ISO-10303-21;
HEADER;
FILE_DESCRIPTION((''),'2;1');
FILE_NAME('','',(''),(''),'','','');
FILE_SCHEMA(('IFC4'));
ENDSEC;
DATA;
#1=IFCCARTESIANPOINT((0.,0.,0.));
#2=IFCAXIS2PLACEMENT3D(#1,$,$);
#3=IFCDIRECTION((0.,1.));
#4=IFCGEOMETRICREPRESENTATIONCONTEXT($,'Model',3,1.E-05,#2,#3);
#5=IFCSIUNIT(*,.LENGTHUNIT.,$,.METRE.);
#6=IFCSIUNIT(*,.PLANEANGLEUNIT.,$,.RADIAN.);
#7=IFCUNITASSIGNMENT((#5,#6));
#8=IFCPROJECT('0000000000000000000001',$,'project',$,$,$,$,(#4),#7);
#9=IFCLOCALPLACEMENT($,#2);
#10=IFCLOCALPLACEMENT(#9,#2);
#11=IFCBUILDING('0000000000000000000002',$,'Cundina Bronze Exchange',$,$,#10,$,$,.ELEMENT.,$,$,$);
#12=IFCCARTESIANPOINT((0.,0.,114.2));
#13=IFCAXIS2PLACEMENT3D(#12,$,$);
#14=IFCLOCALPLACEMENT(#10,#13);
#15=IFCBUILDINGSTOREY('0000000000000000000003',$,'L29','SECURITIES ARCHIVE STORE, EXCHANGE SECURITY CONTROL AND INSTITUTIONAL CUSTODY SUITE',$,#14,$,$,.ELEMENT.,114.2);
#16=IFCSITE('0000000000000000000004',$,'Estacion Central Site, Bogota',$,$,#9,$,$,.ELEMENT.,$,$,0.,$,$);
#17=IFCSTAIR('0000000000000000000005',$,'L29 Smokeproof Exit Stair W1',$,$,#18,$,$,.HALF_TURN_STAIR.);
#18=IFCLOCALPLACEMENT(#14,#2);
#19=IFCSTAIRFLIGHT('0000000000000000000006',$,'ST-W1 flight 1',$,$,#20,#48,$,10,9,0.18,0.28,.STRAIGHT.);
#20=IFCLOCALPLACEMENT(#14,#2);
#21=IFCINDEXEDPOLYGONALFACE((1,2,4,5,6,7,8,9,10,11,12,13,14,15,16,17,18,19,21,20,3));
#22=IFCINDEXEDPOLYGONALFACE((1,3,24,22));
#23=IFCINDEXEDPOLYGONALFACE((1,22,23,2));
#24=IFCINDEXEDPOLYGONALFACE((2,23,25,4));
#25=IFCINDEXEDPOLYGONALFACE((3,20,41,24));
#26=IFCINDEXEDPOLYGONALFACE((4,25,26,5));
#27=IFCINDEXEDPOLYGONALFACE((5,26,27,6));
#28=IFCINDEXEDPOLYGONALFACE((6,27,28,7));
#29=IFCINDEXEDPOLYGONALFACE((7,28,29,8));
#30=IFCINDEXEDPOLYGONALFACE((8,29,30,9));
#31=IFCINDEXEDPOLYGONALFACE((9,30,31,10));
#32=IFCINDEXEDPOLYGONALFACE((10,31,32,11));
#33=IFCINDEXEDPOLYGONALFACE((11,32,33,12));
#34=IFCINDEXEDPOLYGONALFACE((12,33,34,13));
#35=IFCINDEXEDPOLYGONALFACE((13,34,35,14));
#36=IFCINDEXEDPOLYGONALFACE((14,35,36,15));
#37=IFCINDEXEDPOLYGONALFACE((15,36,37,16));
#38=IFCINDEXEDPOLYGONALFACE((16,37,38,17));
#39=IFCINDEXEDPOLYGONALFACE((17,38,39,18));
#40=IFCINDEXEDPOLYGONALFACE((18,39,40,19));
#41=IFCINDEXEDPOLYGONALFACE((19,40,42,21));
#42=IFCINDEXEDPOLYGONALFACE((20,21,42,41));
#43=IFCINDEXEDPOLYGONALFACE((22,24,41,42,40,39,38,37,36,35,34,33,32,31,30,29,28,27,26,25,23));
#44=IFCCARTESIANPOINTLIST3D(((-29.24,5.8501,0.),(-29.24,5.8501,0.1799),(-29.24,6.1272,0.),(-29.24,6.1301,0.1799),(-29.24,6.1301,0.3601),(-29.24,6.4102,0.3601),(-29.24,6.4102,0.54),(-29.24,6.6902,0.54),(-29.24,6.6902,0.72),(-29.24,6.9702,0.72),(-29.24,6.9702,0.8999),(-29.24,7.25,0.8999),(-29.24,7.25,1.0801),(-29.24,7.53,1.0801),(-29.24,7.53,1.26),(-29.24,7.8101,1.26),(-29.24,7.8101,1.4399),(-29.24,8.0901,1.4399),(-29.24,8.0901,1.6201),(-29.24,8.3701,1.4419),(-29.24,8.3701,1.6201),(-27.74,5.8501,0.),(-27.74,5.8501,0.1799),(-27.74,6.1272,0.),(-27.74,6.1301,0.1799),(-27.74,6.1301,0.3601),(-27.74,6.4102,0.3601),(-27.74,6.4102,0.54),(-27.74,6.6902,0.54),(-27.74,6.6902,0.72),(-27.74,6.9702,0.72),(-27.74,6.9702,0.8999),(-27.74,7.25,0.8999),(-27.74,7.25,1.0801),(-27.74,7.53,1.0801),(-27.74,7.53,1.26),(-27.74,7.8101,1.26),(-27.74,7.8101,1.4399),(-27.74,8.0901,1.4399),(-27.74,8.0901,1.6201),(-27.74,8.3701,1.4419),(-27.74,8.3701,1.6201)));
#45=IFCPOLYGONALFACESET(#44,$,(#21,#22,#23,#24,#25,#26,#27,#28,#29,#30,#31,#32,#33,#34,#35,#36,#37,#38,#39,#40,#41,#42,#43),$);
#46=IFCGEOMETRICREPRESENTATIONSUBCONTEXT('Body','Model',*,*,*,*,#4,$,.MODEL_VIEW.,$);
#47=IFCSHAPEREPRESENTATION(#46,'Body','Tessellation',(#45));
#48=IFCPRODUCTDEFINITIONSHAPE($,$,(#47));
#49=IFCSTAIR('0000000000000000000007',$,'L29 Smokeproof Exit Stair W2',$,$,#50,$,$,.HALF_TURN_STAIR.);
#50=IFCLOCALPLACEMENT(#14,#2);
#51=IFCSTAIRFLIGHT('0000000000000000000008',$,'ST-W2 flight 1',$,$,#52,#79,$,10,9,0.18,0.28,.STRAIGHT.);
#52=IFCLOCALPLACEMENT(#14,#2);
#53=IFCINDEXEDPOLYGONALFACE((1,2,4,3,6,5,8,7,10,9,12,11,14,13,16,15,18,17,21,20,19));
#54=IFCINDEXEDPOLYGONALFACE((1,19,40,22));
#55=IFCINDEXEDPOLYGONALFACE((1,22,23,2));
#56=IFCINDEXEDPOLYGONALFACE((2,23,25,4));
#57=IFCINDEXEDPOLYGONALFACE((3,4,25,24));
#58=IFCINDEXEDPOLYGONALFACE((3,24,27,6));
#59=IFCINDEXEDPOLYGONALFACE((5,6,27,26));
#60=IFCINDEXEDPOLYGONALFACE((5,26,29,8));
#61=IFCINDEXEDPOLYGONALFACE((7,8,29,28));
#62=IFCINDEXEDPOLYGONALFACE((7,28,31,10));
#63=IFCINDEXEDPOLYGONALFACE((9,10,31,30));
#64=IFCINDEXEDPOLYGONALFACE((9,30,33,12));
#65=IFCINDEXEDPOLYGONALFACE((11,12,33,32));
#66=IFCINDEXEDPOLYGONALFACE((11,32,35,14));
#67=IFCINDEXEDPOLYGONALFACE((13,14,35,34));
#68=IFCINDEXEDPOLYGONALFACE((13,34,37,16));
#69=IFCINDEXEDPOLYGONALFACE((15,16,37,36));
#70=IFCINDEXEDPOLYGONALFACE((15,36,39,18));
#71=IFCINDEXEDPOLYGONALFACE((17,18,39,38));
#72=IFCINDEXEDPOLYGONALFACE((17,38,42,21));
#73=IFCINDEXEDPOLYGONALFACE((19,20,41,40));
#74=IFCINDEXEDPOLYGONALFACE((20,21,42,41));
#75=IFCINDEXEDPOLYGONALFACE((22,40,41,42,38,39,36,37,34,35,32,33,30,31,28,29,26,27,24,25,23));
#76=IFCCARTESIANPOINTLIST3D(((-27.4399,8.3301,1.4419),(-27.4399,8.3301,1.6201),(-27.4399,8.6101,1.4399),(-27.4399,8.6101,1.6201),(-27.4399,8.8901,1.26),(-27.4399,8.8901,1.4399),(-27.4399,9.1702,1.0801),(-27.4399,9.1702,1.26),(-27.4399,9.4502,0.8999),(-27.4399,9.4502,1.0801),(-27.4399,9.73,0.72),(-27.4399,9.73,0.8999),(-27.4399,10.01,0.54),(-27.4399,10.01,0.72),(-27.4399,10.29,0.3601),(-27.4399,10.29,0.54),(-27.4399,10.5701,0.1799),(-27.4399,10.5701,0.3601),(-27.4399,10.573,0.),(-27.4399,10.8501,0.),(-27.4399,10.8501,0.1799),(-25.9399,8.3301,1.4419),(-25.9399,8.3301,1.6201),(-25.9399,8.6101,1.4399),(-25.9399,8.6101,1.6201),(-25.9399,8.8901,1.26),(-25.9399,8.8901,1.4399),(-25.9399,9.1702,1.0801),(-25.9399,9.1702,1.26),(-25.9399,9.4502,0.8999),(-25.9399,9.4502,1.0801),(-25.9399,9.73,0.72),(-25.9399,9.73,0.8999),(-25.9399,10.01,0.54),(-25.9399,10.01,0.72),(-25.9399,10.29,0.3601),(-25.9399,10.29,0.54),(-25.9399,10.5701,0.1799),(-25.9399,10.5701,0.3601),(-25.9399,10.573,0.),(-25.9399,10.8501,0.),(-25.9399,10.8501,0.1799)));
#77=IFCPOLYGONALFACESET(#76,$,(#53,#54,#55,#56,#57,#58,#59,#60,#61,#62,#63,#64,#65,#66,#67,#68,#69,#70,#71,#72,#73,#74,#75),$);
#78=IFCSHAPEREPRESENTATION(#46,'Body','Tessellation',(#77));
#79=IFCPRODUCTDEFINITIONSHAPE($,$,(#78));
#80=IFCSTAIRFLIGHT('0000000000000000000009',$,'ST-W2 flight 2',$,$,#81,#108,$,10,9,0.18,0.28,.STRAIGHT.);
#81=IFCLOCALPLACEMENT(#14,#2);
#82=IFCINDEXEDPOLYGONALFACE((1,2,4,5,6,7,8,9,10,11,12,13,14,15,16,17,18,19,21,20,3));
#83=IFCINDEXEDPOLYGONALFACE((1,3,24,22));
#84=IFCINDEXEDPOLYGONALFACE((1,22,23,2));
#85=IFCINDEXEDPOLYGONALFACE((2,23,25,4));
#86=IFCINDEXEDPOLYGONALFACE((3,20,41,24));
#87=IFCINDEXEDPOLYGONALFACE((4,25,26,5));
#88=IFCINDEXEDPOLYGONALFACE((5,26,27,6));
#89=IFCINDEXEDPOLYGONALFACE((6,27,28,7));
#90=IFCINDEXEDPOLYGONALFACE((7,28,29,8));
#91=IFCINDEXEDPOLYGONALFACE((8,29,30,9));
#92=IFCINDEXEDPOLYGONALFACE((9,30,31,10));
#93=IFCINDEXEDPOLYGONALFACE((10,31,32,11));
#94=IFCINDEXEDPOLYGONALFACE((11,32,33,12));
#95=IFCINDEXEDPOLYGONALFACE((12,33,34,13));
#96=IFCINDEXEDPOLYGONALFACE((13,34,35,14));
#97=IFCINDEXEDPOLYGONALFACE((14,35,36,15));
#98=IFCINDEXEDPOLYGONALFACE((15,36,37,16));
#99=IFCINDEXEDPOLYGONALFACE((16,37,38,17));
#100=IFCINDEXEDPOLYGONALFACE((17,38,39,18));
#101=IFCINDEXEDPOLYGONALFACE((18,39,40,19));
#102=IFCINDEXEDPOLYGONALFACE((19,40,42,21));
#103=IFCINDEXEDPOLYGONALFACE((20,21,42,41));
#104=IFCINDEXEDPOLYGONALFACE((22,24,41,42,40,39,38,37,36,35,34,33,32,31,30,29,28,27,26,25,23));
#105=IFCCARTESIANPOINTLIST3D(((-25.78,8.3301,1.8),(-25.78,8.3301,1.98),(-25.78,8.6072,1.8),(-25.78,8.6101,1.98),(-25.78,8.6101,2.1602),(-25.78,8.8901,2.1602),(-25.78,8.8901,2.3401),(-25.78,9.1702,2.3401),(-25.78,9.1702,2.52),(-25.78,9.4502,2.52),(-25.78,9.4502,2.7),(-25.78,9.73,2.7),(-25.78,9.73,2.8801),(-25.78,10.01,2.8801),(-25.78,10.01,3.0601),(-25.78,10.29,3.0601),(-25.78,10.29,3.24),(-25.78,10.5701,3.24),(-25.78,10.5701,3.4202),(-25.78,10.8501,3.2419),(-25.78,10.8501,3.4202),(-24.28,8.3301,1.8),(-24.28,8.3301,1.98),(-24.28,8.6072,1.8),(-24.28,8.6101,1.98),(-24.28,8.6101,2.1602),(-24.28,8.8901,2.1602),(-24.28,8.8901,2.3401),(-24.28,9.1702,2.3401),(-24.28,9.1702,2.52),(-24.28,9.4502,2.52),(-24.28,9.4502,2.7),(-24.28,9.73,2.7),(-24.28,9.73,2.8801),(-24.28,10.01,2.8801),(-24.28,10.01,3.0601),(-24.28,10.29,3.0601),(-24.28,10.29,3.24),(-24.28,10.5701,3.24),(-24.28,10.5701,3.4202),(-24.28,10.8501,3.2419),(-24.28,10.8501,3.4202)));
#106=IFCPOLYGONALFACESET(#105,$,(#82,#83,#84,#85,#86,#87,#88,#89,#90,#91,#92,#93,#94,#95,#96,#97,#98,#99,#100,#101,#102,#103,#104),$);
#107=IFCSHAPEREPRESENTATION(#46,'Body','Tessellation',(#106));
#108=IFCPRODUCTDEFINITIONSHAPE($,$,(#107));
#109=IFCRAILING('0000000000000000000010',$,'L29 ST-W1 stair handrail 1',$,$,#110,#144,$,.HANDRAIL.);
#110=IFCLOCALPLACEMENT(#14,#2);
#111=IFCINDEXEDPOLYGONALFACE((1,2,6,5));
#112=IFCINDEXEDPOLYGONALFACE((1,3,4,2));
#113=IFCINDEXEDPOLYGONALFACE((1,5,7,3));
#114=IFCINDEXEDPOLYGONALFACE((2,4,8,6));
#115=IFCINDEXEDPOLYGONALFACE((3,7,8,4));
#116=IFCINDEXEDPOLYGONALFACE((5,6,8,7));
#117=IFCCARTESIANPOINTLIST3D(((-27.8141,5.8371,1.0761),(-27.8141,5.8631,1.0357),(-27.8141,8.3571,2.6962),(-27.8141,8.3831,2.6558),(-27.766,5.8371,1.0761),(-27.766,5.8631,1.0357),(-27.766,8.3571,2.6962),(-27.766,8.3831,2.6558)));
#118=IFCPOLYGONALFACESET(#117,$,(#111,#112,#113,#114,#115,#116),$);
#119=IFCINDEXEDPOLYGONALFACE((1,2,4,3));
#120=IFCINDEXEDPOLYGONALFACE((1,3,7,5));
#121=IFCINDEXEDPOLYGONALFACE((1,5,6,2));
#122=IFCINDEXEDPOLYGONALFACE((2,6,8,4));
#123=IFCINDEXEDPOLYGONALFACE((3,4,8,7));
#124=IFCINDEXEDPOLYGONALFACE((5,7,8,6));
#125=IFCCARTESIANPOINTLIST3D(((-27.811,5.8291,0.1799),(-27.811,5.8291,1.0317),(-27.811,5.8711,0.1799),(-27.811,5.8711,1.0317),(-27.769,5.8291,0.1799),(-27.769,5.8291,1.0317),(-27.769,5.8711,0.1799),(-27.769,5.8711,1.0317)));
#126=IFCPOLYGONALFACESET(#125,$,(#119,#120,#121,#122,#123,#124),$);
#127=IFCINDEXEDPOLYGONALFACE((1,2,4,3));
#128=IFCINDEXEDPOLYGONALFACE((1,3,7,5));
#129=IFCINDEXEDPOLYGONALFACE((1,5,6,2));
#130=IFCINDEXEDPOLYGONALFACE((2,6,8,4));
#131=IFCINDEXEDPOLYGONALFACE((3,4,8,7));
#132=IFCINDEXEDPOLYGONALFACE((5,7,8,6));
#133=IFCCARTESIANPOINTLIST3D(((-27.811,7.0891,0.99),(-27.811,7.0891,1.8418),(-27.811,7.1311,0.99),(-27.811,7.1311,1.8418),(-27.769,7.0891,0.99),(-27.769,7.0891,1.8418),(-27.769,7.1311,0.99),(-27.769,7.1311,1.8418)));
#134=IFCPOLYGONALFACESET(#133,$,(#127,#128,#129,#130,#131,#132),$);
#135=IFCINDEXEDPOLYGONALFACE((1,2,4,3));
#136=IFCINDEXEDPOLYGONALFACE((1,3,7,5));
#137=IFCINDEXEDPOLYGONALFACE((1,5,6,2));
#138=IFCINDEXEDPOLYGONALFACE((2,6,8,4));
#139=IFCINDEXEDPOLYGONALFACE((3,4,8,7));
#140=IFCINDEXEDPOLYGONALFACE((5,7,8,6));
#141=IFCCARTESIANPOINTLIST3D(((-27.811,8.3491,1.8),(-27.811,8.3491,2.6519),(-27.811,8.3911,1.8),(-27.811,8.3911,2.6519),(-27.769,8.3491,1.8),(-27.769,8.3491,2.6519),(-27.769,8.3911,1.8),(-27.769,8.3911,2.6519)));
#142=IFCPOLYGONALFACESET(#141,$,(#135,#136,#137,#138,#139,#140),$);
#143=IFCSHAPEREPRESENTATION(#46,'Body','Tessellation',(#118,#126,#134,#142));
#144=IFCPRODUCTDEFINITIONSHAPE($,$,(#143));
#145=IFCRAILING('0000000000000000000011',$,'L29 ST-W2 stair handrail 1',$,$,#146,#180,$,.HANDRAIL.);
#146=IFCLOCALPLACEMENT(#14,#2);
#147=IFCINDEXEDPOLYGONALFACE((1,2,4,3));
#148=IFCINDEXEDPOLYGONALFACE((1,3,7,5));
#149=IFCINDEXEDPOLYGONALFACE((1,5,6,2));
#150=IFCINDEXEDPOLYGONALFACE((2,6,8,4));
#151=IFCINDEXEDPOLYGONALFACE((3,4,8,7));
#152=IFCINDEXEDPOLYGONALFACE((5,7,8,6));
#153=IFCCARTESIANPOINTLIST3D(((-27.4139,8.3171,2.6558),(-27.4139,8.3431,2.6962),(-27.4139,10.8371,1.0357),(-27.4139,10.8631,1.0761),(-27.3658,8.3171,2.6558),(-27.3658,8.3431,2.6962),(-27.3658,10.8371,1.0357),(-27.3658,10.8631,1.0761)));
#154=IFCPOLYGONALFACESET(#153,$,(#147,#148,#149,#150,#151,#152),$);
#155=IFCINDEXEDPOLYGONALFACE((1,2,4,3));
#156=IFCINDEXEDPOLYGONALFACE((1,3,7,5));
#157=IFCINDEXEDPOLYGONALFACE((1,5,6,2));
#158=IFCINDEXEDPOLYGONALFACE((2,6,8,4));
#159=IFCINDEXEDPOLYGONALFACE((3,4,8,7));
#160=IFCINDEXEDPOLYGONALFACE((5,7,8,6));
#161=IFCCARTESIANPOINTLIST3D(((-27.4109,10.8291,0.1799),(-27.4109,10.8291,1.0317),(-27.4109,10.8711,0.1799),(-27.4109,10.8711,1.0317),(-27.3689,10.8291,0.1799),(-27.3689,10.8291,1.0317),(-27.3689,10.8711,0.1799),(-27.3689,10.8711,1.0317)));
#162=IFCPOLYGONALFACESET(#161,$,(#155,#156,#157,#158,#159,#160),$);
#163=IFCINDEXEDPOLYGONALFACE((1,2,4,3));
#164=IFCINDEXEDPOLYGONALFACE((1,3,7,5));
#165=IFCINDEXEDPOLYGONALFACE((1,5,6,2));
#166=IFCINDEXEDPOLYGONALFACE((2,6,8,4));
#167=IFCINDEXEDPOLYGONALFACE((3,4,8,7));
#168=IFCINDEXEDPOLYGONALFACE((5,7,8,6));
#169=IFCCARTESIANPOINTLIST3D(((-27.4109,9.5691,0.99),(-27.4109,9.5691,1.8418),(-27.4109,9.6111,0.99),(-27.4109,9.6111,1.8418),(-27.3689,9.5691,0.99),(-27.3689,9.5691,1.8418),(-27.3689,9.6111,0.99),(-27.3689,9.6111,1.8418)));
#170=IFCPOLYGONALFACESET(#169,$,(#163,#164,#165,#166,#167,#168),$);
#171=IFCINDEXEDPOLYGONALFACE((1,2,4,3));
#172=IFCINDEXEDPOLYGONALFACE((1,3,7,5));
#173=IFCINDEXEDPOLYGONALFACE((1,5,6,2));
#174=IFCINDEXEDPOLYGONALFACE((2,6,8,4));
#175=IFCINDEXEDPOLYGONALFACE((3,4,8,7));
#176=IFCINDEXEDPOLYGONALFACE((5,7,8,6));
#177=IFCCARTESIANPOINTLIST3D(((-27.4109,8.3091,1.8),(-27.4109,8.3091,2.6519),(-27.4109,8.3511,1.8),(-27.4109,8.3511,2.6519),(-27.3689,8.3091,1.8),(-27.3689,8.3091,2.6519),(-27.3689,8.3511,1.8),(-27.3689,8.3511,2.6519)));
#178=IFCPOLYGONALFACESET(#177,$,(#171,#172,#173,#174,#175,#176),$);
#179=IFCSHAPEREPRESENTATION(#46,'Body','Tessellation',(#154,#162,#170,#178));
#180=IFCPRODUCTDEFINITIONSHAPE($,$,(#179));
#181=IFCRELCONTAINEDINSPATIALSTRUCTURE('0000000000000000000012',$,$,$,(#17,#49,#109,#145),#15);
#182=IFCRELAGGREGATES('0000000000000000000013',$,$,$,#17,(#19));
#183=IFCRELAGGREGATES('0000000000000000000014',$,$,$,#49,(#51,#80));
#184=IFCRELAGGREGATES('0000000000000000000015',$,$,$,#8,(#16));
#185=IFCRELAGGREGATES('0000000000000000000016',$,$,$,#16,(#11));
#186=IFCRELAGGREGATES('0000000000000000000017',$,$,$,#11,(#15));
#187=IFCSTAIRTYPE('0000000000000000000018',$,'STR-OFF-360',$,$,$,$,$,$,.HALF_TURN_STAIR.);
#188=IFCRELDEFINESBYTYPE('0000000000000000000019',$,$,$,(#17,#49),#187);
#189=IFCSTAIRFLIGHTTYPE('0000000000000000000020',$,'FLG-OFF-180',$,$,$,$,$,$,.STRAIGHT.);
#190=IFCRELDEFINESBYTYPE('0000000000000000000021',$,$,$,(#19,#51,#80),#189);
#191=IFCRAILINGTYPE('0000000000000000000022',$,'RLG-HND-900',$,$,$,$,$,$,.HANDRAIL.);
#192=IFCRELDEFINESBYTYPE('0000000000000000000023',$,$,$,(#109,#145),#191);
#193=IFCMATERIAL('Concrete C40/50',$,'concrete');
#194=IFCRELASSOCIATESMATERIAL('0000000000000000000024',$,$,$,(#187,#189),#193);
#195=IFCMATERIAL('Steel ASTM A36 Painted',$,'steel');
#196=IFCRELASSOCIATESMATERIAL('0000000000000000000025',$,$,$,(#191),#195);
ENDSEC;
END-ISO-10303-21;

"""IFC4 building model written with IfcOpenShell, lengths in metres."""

from ifc_helpers import new_model, si_unit, direction, frame, origin, origin_2d, place, context, subcontext, project, spatial, polyline, rectangle, outline, extrude, material, type_object, element, aggregate, save


model = new_model("IFC4")

# Units and contexts
model_context = context("Model", 3, precision=1e-05, world=origin(), true_north=direction((0.0, 1.0)))
body_context = subcontext(model_context, "Body", "Model", "MODEL_VIEW")
ifc_project = project(units=[si_unit("LENGTHUNIT", "METRE"), si_unit("PLANEANGLEUNIT", "RADIAN")], contexts=[model_context])

# Site, building, storey
site_placement = place(None, origin())
site = spatial("IfcSite", under=ifc_project, at=site_placement, Name="Estacion Central Site, Bogota", CompositionType="ELEMENT", RefElevation=0.0)
building_placement = place(site_placement, origin())
building = spatial("IfcBuilding", under=site, at=building_placement, Name="Cundina Bronze Exchange", CompositionType="ELEMENT")
storey_placement = place(building_placement, frame((0.0, 0.0, 114.2)))
storey = spatial("IfcBuildingStorey", under=building, at=storey_placement, Name="L29", Description="SECURITIES ARCHIVE STORE, EXCHANGE SECURITY CONTROL AND INSTITUTIONAL CUSTODY SUITE", CompositionType="ELEMENT", Elevation=114.2)

# Shared definitions
ifc_material_1 = material(Name="Steel ASTM A36 Painted", Category="steel")

# Stair, stair flight
ifc_material_2 = material(Name="Concrete C40/50", Category="concrete")
stair_type = type_object("IfcStairType", Name="STR-OFF-360", PredefinedType="HALF_TURN_STAIR", material=ifc_material_2)
stair_1_placement = place(storey_placement, origin())
stair_1 = element("IfcStair", 1, at=stair_1_placement, inside=storey, type_object=stair_type, Name="L29 Smokeproof Exit Stair W1", PredefinedType="HALF_TURN_STAIR")
stair_flight_type = type_object("IfcStairFlightType", Name="FLG-OFF-180", PredefinedType="STRAIGHT", material=ifc_material_2)
stair_flight_1_placement = place(storey_placement, frame((-28.49, 5.8501, 0.0), z_axis=(0.0, 0.0, 1.0), x_axis=(0.0, 1.0, 0.0)))
stair_flight_1 = element("IfcStairFlight", 2, at=stair_flight_1_placement, type_object=stair_flight_type, Name="ST-W1 flight 1", NumberOfRisers=10, NumberOfTreads=9, PredefinedType="STRAIGHT", RiserHeight=0.18, TreadLength=0.28, context=body_context, shape_type="SweptSolid", body=[
    extrude(outline(polyline([(0.0, 0.0), (0.0, 0.1799), (0.28, 0.1799), (0.28, 0.3601), (0.5601, 0.3601), (0.5601, 0.54), (0.8401, 0.54), (0.8401, 0.72), (1.1201, 0.72), (1.1201, 0.8999), (1.3999, 0.8999), (1.3999, 1.0801), (1.6799, 1.0801), (1.6799, 1.26), (1.96, 1.26), (1.96, 1.4399), (2.24, 1.4399), (2.24, 1.6201), (2.52, 1.6201), (2.52, 1.8), (2.52, 1.4419), (0.2771, 0.0), (0.0, 0.0)])), frame((0.0, 0.75, 0.0), z_axis=(0.0, -1.0, 0.0), x_axis=(1.0, 0.0, 0.0)), (0.0, 0.0, 1.0), 1.5),
])
aggregate(stair_1, [stair_flight_1])

# Stair, stair flights
stair_2_placement = place(storey_placement, origin())
stair_2 = element("IfcStair", 3, at=stair_2_placement, inside=storey, type_object=stair_type, Name="L29 Smokeproof Exit Stair W2", PredefinedType="HALF_TURN_STAIR")
stair_flight_2_placement = place(storey_placement, frame((-26.6899, 10.8501, 0.0), z_axis=(0.0, 0.0, 1.0), x_axis=(0.0, -1.0, 0.0)))
stair_flight_2 = element("IfcStairFlight", 4, at=stair_flight_2_placement, type_object=stair_flight_type, Name="ST-W2 flight 1", NumberOfRisers=10, NumberOfTreads=9, PredefinedType="STRAIGHT", RiserHeight=0.18, TreadLength=0.28, context=body_context, shape_type="SweptSolid", body=[
    extrude(outline(polyline([(0.0, 0.0), (0.0, 0.1799), (0.28, 0.1799), (0.28, 0.3601), (0.5601, 0.3601), (0.5601, 0.54), (0.8401, 0.54), (0.8401, 0.72), (1.1201, 0.72), (1.1201, 0.8999), (1.3999, 0.8999), (1.3999, 1.0801), (1.6799, 1.0801), (1.6799, 1.26), (1.96, 1.26), (1.96, 1.4399), (2.24, 1.4399), (2.24, 1.6201), (2.52, 1.6201), (2.52, 1.8), (2.52, 1.4419), (0.2771, 0.0), (0.0, 0.0)])), frame((0.0, 0.75, 0.0), z_axis=(0.0, -1.0, 0.0), x_axis=(1.0, 0.0, 0.0)), (0.0, 0.0, 1.0), 1.5),
])
stair_flight_3_placement = place(storey_placement, frame((-25.03, 8.3301, 1.8), z_axis=(0.0, 0.0, 1.0), x_axis=(0.0, 1.0, 0.0)))
stair_flight_3 = element("IfcStairFlight", 5, at=stair_flight_3_placement, type_object=stair_flight_type, Name="ST-W2 flight 2", NumberOfRisers=10, NumberOfTreads=9, PredefinedType="STRAIGHT", RiserHeight=0.18, TreadLength=0.28, context=body_context, shape_type="SweptSolid", body=[
    extrude(outline(polyline([(0.0, 0.0), (0.0, 0.1799), (0.28, 0.1799), (0.28, 0.3601), (0.5601, 0.3601), (0.5601, 0.54), (0.8401, 0.54), (0.8401, 0.72), (1.1201, 0.72), (1.1201, 0.8999), (1.3999, 0.8999), (1.3999, 1.0801), (1.6799, 1.0801), (1.6799, 1.26), (1.96, 1.26), (1.96, 1.4399), (2.24, 1.4399), (2.24, 1.6201), (2.52, 1.6201), (2.52, 1.8), (2.52, 1.4419), (0.2771, 0.0), (0.0, 0.0)])), frame((0.0, 0.75, 0.0), z_axis=(0.0, -1.0, 0.0), x_axis=(1.0, 0.0, 0.0)), (0.0, 0.0, 1.0), 1.5),
])
aggregate(stair_2, [stair_flight_2, stair_flight_3])

# Railings
railing_type_1 = type_object("IfcRailingType", Name="RLG-HND-900", PredefinedType="HANDRAIL", material=ifc_material_1)
railing_1_placement = place(storey_placement, frame((-27.79, 5.8501, 0.1799)))
element("IfcRailing", 6, at=railing_1_placement, inside=storey, type_object=railing_type_1, Name="L29 ST-W1 stair handrail 1", PredefinedType="HANDRAIL", context=body_context, shape_type="SweptSolid", body=[
    extrude(rectangle(XDim=0.0481, YDim=0.0481, at=origin_2d()), frame((0.0, 0.0, 0.876), z_axis=(0.0, 0.841163, 0.540782), x_axis=(-1.0, 0.0, 0.0)), (0.0, 0.0, 1.0), 2.9958),
    extrude(rectangle(XDim=0.042, YDim=0.042, at=origin_2d()), origin(), (0.0, 0.0, 1.0), 0.8518),
    extrude(rectangle(XDim=0.042, YDim=0.042, at=origin_2d()), frame((0.0, 1.26, 0.8101)), (0.0, 0.0, 1.0), 0.8518),
    extrude(rectangle(XDim=0.042, YDim=0.042, at=origin_2d()), frame((0.0, 2.52, 1.6201)), (0.0, 0.0, 1.0), 0.8518),
])
railing_2_placement = place(storey_placement, frame((-27.3899, 10.8501, 0.1799)))
element("IfcRailing", 7, at=railing_2_placement, inside=storey, type_object=railing_type_1, Name="L29 ST-W2 stair handrail 1", PredefinedType="HANDRAIL", context=body_context, shape_type="SweptSolid", body=[
    extrude(rectangle(XDim=0.0481, YDim=0.0481, at=origin_2d()), frame((0.0, 0.0, 0.876), z_axis=(0.0, -0.841163, 0.540782), x_axis=(1.0, 0.0, 0.0)), (0.0, 0.0, 1.0), 2.9958),
    extrude(rectangle(XDim=0.042, YDim=0.042, at=origin_2d()), origin(), (0.0, 0.0, 1.0), 0.8518),
    extrude(rectangle(XDim=0.042, YDim=0.042, at=origin_2d()), frame((0.0, -1.26, 0.8101)), (0.0, 0.0, 1.0), 0.8518),
    extrude(rectangle(XDim=0.042, YDim=0.042, at=origin_2d()), frame((0.0, -2.52, 1.6201)), (0.0, 0.0, 1.0), 0.8518),
])

save(model, "model.ifc")
